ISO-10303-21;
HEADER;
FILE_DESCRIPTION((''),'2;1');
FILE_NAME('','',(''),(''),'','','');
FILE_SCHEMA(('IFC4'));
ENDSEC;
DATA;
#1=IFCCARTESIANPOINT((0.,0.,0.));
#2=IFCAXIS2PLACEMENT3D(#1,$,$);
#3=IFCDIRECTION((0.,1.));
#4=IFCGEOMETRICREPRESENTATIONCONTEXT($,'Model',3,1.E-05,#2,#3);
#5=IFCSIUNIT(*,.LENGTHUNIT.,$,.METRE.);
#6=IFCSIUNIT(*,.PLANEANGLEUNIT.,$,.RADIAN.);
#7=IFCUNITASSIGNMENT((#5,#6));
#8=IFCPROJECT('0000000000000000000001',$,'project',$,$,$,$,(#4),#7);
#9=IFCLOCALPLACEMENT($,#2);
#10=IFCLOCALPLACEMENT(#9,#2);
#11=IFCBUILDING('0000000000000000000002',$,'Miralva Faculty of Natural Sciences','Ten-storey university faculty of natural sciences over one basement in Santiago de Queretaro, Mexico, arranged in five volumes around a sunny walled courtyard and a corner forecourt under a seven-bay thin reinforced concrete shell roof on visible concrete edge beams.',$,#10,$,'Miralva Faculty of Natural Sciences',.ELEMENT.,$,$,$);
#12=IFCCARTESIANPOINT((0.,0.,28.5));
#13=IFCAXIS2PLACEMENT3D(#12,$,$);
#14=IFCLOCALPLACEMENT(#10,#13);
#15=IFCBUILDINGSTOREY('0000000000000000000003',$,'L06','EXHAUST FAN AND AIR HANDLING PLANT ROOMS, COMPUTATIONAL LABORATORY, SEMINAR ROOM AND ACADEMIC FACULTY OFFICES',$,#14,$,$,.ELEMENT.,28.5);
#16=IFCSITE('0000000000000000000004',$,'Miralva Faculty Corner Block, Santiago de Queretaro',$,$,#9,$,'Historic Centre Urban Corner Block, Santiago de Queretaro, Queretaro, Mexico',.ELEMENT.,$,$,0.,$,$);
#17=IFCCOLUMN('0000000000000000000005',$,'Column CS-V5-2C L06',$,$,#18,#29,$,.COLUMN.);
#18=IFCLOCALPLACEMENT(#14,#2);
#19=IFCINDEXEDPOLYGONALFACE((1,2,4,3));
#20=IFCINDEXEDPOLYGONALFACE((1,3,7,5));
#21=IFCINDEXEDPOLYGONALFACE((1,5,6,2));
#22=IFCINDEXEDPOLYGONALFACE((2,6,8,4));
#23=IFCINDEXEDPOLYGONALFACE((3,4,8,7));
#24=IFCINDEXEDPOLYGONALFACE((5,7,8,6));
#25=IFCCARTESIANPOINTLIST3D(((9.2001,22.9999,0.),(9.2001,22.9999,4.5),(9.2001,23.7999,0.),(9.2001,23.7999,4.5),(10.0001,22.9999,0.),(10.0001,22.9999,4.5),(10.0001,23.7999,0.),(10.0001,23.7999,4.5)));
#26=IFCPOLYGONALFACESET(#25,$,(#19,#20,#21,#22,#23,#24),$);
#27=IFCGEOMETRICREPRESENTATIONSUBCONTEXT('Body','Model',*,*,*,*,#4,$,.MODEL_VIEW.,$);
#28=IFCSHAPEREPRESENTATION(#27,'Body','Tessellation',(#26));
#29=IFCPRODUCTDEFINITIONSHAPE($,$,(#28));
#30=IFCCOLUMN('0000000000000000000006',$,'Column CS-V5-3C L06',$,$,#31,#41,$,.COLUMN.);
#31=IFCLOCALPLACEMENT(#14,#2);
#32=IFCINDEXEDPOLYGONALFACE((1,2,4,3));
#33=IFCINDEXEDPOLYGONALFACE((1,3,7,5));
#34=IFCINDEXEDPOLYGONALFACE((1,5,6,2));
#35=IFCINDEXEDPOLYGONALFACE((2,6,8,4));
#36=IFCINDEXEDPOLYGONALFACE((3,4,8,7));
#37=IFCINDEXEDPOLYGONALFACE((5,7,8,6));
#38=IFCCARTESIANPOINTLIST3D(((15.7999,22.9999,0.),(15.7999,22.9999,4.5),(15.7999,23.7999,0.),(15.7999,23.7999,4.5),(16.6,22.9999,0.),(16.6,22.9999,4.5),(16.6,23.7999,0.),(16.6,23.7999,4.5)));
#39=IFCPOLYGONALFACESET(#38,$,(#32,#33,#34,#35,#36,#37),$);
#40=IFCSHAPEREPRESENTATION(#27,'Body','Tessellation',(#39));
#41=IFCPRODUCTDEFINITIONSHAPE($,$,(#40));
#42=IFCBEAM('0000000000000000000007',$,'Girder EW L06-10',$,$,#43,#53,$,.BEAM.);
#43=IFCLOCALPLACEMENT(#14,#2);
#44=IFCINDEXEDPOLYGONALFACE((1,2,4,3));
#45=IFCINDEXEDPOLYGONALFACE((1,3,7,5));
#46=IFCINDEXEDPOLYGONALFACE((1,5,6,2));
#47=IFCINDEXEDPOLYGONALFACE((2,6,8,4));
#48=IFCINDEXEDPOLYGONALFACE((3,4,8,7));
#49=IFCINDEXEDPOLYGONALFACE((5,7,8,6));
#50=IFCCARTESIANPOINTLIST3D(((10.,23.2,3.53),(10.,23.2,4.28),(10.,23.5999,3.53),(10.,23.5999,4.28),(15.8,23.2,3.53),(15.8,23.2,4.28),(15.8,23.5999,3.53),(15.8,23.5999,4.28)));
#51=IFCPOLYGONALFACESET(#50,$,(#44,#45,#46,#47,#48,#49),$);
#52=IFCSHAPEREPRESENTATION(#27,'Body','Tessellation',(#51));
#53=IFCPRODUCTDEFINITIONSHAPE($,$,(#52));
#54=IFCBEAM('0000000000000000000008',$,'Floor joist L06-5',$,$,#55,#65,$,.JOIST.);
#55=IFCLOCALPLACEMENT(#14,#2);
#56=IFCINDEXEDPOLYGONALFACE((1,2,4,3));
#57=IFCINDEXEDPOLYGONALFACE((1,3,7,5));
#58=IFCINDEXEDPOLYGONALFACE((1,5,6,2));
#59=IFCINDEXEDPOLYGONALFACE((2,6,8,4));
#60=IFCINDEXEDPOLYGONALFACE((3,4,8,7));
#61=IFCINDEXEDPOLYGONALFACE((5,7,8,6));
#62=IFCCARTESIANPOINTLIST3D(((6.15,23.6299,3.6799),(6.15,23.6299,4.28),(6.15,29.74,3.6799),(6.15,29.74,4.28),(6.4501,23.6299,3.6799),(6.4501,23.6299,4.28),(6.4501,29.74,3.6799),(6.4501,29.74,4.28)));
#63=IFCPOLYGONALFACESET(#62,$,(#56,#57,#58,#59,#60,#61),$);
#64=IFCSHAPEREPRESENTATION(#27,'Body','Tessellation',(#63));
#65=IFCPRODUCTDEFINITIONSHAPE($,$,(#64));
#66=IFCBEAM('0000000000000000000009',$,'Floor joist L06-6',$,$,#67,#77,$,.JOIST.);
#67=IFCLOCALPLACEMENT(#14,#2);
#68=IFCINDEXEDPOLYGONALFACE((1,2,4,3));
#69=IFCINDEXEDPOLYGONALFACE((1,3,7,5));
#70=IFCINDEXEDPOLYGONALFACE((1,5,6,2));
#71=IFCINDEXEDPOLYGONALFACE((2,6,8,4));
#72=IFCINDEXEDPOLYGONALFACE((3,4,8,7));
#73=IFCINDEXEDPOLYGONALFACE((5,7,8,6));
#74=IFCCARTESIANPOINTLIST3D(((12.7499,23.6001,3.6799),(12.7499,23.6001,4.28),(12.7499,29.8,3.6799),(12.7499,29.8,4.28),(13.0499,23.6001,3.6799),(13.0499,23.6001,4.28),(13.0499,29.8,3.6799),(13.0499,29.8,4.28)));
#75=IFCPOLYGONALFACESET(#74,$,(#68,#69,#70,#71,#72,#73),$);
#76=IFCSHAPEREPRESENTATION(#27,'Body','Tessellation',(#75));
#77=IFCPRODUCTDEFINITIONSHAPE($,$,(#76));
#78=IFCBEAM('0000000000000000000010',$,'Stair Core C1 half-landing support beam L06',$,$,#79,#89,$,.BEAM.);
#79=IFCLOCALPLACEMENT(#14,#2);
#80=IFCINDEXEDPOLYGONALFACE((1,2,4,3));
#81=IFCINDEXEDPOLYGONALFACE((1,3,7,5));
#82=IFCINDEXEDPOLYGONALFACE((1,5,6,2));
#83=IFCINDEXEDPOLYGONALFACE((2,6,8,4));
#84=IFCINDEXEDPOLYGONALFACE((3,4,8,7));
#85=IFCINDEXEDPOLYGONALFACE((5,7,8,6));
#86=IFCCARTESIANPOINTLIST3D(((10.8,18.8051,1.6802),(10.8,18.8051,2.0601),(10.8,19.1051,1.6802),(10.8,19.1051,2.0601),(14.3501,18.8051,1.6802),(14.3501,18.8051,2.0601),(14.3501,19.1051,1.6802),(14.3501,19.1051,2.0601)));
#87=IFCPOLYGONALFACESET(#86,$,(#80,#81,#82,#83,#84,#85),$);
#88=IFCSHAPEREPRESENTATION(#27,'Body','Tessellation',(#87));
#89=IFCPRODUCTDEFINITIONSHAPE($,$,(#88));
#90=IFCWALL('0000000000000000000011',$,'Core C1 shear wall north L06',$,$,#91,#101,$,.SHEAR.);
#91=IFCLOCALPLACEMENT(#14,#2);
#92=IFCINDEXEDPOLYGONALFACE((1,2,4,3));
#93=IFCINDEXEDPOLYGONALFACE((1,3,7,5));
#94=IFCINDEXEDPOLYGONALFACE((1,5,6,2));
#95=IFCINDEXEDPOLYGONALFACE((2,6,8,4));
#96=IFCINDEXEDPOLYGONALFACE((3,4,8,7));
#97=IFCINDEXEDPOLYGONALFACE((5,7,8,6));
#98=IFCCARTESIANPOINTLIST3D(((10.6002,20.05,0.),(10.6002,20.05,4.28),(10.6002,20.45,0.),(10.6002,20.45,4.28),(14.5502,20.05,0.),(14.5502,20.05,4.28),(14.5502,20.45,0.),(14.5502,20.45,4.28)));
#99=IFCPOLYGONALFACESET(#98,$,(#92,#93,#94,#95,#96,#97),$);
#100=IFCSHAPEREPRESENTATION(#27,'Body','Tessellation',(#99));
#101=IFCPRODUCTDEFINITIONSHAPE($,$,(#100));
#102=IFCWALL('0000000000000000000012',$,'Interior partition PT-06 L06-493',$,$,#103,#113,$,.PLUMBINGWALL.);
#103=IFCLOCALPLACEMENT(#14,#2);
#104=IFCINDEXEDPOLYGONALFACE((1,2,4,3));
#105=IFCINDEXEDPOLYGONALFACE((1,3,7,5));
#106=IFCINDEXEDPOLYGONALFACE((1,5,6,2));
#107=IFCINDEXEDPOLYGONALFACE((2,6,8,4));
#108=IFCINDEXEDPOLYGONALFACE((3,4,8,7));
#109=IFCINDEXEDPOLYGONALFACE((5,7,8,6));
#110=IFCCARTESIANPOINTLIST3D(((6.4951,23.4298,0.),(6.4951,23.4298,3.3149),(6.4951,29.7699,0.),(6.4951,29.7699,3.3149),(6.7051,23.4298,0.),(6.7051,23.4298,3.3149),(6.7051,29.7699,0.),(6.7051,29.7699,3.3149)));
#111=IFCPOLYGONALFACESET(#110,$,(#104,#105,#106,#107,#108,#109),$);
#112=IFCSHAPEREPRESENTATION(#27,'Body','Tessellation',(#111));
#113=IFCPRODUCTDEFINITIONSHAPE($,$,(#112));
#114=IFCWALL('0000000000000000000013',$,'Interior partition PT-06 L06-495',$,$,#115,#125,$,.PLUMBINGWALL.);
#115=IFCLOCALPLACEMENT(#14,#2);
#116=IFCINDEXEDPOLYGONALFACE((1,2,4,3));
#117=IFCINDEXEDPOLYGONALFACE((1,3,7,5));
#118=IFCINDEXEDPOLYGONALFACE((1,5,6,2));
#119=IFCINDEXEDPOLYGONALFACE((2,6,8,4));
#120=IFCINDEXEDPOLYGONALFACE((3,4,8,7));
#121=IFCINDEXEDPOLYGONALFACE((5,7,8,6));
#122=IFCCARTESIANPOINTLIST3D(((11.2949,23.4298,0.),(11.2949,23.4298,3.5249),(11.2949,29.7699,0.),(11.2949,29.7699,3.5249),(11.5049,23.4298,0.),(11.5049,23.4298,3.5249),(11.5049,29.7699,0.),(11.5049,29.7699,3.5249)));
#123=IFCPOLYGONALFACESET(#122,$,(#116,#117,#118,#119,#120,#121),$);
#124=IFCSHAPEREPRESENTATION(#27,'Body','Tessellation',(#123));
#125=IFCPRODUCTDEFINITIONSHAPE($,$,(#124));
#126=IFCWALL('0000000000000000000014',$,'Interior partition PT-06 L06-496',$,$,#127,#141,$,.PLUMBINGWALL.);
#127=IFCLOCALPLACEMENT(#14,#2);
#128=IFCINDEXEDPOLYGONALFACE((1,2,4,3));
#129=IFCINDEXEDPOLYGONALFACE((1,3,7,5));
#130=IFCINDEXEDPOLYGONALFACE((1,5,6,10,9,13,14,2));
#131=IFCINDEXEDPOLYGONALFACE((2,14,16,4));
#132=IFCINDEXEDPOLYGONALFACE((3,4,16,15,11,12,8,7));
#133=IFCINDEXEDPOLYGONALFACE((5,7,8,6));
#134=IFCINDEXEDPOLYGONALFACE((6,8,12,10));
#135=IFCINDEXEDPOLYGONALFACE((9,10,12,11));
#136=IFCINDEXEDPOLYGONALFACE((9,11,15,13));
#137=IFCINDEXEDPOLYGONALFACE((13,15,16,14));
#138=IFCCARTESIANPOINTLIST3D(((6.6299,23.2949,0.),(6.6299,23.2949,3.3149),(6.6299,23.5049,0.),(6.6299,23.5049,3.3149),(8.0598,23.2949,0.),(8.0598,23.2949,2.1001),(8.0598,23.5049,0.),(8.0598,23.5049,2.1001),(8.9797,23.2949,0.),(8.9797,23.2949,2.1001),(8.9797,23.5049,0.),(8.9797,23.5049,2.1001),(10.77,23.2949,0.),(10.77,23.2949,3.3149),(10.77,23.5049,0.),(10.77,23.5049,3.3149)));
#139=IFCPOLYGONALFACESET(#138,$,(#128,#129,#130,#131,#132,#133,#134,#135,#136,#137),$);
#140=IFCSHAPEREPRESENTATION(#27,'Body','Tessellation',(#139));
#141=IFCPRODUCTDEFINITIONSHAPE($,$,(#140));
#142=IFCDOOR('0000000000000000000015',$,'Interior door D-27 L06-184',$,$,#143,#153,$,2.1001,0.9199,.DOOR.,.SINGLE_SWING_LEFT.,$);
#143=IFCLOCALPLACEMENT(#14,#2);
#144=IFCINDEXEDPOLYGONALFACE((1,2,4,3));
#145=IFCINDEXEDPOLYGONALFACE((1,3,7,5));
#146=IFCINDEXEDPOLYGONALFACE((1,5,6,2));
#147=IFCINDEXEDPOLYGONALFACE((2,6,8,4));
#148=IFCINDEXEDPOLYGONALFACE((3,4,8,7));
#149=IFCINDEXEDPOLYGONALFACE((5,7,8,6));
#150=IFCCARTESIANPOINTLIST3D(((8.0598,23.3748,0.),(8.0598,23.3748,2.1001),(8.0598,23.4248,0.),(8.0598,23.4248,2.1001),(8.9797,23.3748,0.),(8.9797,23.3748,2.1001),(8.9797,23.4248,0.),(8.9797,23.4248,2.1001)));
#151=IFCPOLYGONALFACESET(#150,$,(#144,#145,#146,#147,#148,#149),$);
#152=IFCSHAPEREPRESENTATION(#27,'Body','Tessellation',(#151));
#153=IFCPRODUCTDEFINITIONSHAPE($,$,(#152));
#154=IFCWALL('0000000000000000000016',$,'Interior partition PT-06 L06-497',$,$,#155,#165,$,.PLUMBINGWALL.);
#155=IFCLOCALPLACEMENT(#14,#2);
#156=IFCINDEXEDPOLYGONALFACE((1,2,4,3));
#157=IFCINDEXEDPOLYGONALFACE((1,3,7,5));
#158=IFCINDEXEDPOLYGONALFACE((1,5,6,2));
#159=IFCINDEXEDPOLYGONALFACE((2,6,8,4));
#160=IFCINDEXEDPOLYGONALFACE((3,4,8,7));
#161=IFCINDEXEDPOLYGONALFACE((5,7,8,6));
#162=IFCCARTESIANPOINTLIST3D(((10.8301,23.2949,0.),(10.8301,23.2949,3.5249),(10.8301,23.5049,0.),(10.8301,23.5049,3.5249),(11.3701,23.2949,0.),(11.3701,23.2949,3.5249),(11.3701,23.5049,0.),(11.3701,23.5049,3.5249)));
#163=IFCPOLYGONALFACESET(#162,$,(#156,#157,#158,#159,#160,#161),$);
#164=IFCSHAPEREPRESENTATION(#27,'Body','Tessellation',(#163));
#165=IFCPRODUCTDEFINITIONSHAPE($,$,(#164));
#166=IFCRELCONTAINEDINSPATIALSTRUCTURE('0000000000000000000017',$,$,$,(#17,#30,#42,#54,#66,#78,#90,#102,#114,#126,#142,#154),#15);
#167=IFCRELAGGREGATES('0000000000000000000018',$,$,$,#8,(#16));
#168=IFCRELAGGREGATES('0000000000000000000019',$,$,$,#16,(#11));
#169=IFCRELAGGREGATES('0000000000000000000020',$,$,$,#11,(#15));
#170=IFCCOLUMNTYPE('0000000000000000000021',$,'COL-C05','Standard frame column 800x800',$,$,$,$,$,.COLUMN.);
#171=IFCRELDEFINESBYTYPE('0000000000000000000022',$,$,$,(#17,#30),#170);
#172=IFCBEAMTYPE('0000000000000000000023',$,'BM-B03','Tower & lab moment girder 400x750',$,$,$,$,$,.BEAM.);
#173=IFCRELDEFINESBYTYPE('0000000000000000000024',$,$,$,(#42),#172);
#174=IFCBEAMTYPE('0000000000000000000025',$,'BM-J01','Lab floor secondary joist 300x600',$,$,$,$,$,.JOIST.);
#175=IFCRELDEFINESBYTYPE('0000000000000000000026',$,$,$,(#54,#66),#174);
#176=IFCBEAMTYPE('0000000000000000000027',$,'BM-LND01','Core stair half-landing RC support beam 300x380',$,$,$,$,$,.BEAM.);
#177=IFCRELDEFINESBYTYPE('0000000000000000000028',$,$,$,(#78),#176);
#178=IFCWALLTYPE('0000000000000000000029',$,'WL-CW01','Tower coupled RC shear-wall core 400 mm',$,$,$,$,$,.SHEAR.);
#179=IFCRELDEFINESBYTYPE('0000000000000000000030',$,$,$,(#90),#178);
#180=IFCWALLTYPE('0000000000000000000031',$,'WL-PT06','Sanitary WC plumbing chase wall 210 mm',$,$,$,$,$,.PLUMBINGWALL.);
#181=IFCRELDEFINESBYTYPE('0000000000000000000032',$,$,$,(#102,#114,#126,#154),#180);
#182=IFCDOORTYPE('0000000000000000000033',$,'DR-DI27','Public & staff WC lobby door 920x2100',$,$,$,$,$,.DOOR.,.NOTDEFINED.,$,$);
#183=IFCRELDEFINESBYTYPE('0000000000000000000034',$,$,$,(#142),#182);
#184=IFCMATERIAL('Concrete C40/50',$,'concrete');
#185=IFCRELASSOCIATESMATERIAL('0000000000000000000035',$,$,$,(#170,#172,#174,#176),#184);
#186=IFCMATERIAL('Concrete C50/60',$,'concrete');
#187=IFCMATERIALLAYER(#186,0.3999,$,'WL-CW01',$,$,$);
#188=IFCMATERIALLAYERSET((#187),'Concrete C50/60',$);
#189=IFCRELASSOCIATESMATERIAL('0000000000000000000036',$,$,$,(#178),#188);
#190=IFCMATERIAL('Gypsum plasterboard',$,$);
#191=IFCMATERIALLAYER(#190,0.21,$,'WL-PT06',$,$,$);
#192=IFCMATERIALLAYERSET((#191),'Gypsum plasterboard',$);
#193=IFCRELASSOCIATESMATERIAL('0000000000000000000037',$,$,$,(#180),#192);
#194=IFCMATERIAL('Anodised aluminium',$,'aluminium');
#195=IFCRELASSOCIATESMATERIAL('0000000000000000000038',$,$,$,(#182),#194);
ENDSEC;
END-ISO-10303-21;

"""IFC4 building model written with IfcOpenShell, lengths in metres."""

from ifc_helpers import new_model, si_unit, direction, frame, frame_2d, origin, origin_2d, place, context, subcontext, project, spatial, rectangle, extrude, material, layer, layer_set, material_profile, profile_set, type_object, element, fill, save


model = new_model("IFC4")

# Units and contexts
model_context = context("Model", 3, precision=1e-05, world=origin(), true_north=direction((0.0, 1.0)))
body_context = subcontext(model_context, "Body", "Model", "MODEL_VIEW")
ifc_project = project(units=[si_unit("LENGTHUNIT", "METRE"), si_unit("PLANEANGLEUNIT", "RADIAN")], contexts=[model_context])

# Site, building, storey
site_placement = place(None, origin())
site = spatial("IfcSite", under=ifc_project, at=site_placement, Name="Miralva Faculty Corner Block, Santiago de Queretaro", LongName="Historic Centre Urban Corner Block, Santiago de Queretaro, Queretaro, Mexico", CompositionType="ELEMENT", RefElevation=0.0)
building_placement = place(site_placement, origin())
building = spatial("IfcBuilding", under=site, at=building_placement, Name="Miralva Faculty of Natural Sciences", Description="Ten-storey university faculty of natural sciences over one basement in Santiago de Queretaro, Mexico, arranged in five volumes around a sunny walled courtyard and a corner forecourt under a seven-bay thin reinforced concrete shell roof on visible concrete edge beams.", LongName="Miralva Faculty of Natural Sciences", CompositionType="ELEMENT")
storey_placement = place(building_placement, frame((0.0, 0.0, 28.5)))
storey = spatial("IfcBuildingStorey", under=building, at=storey_placement, Name="L06", Description="EXHAUST FAN AND AIR HANDLING PLANT ROOMS, COMPUTATIONAL LABORATORY, SEMINAR ROOM AND ACADEMIC FACULTY OFFICES", CompositionType="ELEMENT", Elevation=28.5)

# Columns
ifc_material_1 = material(Name="Concrete C40/50", Category="concrete")
ifc_material_profile_1 = material_profile(ifc_material_1, rectangle(XDim=0.8, YDim=0.8, at=origin_2d()), Name="RC 800x800")
ifc_profile_set_1 = profile_set([ifc_material_profile_1], Name="Concrete C40/50")
column_type = type_object("IfcColumnType", Name="COL-C05", Description="Standard frame column 800x800", PredefinedType="COLUMN", material=ifc_profile_set_1)
for number, where, z_axis, x_axis, name in (
    (1, (9.6001, 23.3999, 0.0), (0.0, 0.0, 1.0), (1.0, 0.0, 0.0), "Column CS-V5-2C L06"),
    (2, (16.2, 23.3999, 0.0), (0.0, 0.0, 1.0), (1.0, 0.0, 0.0), "Column CS-V5-3C L06"),
):
    element("IfcColumn", number, at=place(storey_placement, frame(where, z_axis=z_axis, x_axis=x_axis)), inside=storey, type_object=column_type, Name=name, PredefinedType="COLUMN", context=body_context, shape_type="SweptSolid", body=[
        extrude(rectangle(XDim=0.8, YDim=0.8, at=origin_2d()), origin(), (0.0, 0.0, 1.0), 4.5),
    ])

# Beams
ifc_material_profile_2 = material_profile(ifc_material_1, rectangle(XDim=0.3999, YDim=0.75, at=origin_2d()), Name="RC 400x750")
ifc_profile_set_2 = profile_set([ifc_material_profile_2], Name="Concrete C40/50")
beam_type_1 = type_object("IfcBeamType", Name="BM-B03", Description="Tower & lab moment girder 400x750", PredefinedType="BEAM", material=ifc_profile_set_2)
beam_1_placement = place(storey_placement, frame((10.0, 23.3999, 3.905), z_axis=(1.0, 0.0, 0.0), x_axis=(0.0, 1.0, 0.0)))
element("IfcBeam", 3, at=beam_1_placement, inside=storey, type_object=beam_type_1, Name="Girder EW L06-10", PredefinedType="BEAM", context=body_context, shape_type="SweptSolid", body=[
    extrude(rectangle(XDim=0.3999, YDim=0.75, at=origin_2d()), origin(), (0.0, 0.0, 1.0), 5.8),
])
ifc_material_profile_3 = material_profile(ifc_material_1, rectangle(XDim=0.3, YDim=0.6001, at=origin_2d()), Name="RC 300x600")
ifc_profile_set_3 = profile_set([ifc_material_profile_3], Name="Concrete C40/50")
beam_type_2 = type_object("IfcBeamType", Name="BM-J01", Description="Lab floor secondary joist 300x600", PredefinedType="JOIST", material=ifc_profile_set_3)
beam_2_placement = place(storey_placement, frame((6.3, 23.6299, 3.98), z_axis=(0.0, 1.0, 0.0), x_axis=(-1.0, 0.0, 0.0)))
element("IfcBeam", 4, at=beam_2_placement, inside=storey, type_object=beam_type_2, Name="Floor joist L06-5", PredefinedType="JOIST", context=body_context, shape_type="SweptSolid", body=[
    extrude(rectangle(XDim=0.3, YDim=0.6001, at=origin_2d()), origin(), (0.0, 0.0, 1.0), 6.1101),
])
beam_3_placement = place(storey_placement, frame((12.8999, 23.6001, 3.98), z_axis=(0.0, 1.0, 0.0), x_axis=(-1.0, 0.0, 0.0)))
element("IfcBeam", 5, at=beam_3_placement, inside=storey, type_object=beam_type_2, Name="Floor joist L06-6", PredefinedType="JOIST", context=body_context, shape_type="SweptSolid", body=[
    extrude(rectangle(XDim=0.3, YDim=0.6001, at=origin_2d()), origin(), (0.0, 0.0, 1.0), 6.2),
])
ifc_material_profile_4 = material_profile(ifc_material_1, rectangle(XDim=0.3, YDim=0.3799, at=origin_2d()), Name="RC 300x380")
ifc_profile_set_4 = profile_set([ifc_material_profile_4], Name="Concrete C40/50")
beam_type_3 = type_object("IfcBeamType", Name="BM-LND01", Description="Core stair half-landing RC support beam 300x380", PredefinedType="BEAM", material=ifc_profile_set_4)
beam_4_placement = place(storey_placement, frame((10.8, 18.9551, 1.8701), z_axis=(1.0, 0.0, 0.0), x_axis=(0.0, 1.0, 0.0)))
element("IfcBeam", 6, at=beam_4_placement, inside=storey, type_object=beam_type_3, Name="Stair Core C1 half-landing support beam L06", PredefinedType="BEAM", context=body_context, shape_type="SweptSolid", body=[
    extrude(rectangle(XDim=0.3, YDim=0.3799, at=origin_2d()), origin(), (0.0, 0.0, 1.0), 3.55),
])

# Walls
ifc_material_2 = material(Name="Concrete C50/60", Category="concrete")
ifc_layer_1 = layer(ifc_material_2, 0.3999, Name="WL-CW01")
ifc_layer_set_1 = layer_set([ifc_layer_1], Name="Concrete C50/60")
wall_type_1 = type_object("IfcWallType", Name="WL-CW01", Description="Tower coupled RC shear-wall core 400 mm", PredefinedType="SHEAR", material=ifc_layer_set_1)
wall_1_placement = place(storey_placement, frame((10.6001, 20.25, 0.0), z_axis=(0.0, 0.0, 1.0), x_axis=(1.0, 0.0, 0.0)))
element("IfcWall", 7, at=wall_1_placement, inside=storey, type_object=wall_type_1, Name="Core C1 shear wall north L06", PredefinedType="SHEAR", context=body_context, shape_type="SweptSolid", body=[
    extrude(rectangle(XDim=3.95, YDim=0.3999, at=frame_2d((1.9751, 0.0))), origin(), (0.0, 0.0, 1.0), 4.28),
])
ifc_material_3 = material(Name="Gypsum plasterboard")
ifc_layer_2 = layer(ifc_material_3, 0.21, Name="WL-PT06")
ifc_layer_set_2 = layer_set([ifc_layer_2], Name="Gypsum plasterboard")
wall_type_2 = type_object("IfcWallType", Name="WL-PT06", Description="Sanitary WC plumbing chase wall 210 mm", PredefinedType="PLUMBINGWALL", material=ifc_layer_set_2)
wall_2_placement = place(storey_placement, frame((6.6001, 23.4299, 0.0), z_axis=(0.0, 0.0, 1.0), x_axis=(0.0, 1.0, 0.0)))
element("IfcWall", 8, at=wall_2_placement, inside=storey, type_object=wall_type_2, Name="Interior partition PT-06 L06-493", PredefinedType="PLUMBINGWALL", context=body_context, shape_type="SweptSolid", body=[
    extrude(rectangle(XDim=6.3401, YDim=0.21, at=frame_2d((3.1699, 0.0))), origin(), (0.0, 0.0, 1.0), 3.3149),
])
wall_3_placement = place(storey_placement, frame((11.3999, 23.4299, 0.0), z_axis=(0.0, 0.0, 1.0), x_axis=(0.0, 1.0, 0.0)))
element("IfcWall", 9, at=wall_3_placement, inside=storey, type_object=wall_type_2, Name="Interior partition PT-06 L06-495", PredefinedType="PLUMBINGWALL", context=body_context, shape_type="SweptSolid", body=[
    extrude(rectangle(XDim=6.3401, YDim=0.21, at=frame_2d((3.1699, 0.0))), origin(), (0.0, 0.0, 1.0), 3.5249),
])

# Wall, opening, door
wall_4_placement = place(storey_placement, frame((6.6299, 23.3999, 0.0), z_axis=(0.0, 0.0, 1.0), x_axis=(1.0, 0.0, 0.0)))
wall_4 = element("IfcWall", 10, at=wall_4_placement, inside=storey, type_object=wall_type_2, Name="Interior partition PT-06 L06-496", PredefinedType="PLUMBINGWALL", context=body_context, shape_type="SweptSolid", body=[
    extrude(rectangle(XDim=4.1401, YDim=0.21, at=frame_2d((2.0701, 0.0))), origin(), (0.0, 0.0, 1.0), 3.3149),
])
opening_1_placement = place(wall_4_placement, frame((1.4299, 0.0, 0.0)))
opening_1 = element("IfcOpeningElement", 11, at=opening_1_placement, cuts=wall_4, PredefinedType="OPENING", context=body_context, shape_type="SweptSolid", body=[
    extrude(rectangle(XDim=0.9199, YDim=2.1001, at=frame_2d((0.46, 1.05))), frame((0.0, 0.115, 0.0), z_axis=(0.0, -1.0, 0.0), x_axis=(1.0, 0.0, 0.0)), (0.0, 0.0, 1.0), 0.23),
])
ifc_material_4 = material(Name="Anodised aluminium", Category="aluminium")
door_type = type_object("IfcDoorType", Name="DR-DI27", Description="Public & staff WC lobby door 920x2100", OperationType="NOTDEFINED", PredefinedType="DOOR", material=ifc_material_4)
door_1_placement = place(opening_1_placement, origin())
door_1 = element("IfcDoor", 12, at=door_1_placement, inside=storey, type_object=door_type, Name="Interior door D-27 L06-184", OperationType="SINGLE_SWING_LEFT", OverallHeight=2.1001, OverallWidth=0.9199, PredefinedType="DOOR", context=body_context, shape_type="SweptSolid", body=[
    extrude(rectangle(XDim=0.9199, YDim=2.1001, at=frame_2d((0.46, 1.05))), frame((0.0, 0.0249, 0.0), z_axis=(0.0, -1.0, 0.0), x_axis=(1.0, 0.0, 0.0)), (0.0, 0.0, 1.0), 0.05),
])
fill(opening_1, door_1)

# Wall
wall_5_placement = place(storey_placement, frame((10.8301, 23.3999, 0.0), z_axis=(0.0, 0.0, 1.0), x_axis=(1.0, 0.0, 0.0)))
element("IfcWall", 13, at=wall_5_placement, inside=storey, type_object=wall_type_2, Name="Interior partition PT-06 L06-497", PredefinedType="PLUMBINGWALL", context=body_context, shape_type="SweptSolid", body=[
    extrude(rectangle(XDim=0.54, YDim=0.21, at=frame_2d((0.27, 0.0))), origin(), (0.0, 0.0, 1.0), 3.5249),
])

save(model, "model.ifc")
